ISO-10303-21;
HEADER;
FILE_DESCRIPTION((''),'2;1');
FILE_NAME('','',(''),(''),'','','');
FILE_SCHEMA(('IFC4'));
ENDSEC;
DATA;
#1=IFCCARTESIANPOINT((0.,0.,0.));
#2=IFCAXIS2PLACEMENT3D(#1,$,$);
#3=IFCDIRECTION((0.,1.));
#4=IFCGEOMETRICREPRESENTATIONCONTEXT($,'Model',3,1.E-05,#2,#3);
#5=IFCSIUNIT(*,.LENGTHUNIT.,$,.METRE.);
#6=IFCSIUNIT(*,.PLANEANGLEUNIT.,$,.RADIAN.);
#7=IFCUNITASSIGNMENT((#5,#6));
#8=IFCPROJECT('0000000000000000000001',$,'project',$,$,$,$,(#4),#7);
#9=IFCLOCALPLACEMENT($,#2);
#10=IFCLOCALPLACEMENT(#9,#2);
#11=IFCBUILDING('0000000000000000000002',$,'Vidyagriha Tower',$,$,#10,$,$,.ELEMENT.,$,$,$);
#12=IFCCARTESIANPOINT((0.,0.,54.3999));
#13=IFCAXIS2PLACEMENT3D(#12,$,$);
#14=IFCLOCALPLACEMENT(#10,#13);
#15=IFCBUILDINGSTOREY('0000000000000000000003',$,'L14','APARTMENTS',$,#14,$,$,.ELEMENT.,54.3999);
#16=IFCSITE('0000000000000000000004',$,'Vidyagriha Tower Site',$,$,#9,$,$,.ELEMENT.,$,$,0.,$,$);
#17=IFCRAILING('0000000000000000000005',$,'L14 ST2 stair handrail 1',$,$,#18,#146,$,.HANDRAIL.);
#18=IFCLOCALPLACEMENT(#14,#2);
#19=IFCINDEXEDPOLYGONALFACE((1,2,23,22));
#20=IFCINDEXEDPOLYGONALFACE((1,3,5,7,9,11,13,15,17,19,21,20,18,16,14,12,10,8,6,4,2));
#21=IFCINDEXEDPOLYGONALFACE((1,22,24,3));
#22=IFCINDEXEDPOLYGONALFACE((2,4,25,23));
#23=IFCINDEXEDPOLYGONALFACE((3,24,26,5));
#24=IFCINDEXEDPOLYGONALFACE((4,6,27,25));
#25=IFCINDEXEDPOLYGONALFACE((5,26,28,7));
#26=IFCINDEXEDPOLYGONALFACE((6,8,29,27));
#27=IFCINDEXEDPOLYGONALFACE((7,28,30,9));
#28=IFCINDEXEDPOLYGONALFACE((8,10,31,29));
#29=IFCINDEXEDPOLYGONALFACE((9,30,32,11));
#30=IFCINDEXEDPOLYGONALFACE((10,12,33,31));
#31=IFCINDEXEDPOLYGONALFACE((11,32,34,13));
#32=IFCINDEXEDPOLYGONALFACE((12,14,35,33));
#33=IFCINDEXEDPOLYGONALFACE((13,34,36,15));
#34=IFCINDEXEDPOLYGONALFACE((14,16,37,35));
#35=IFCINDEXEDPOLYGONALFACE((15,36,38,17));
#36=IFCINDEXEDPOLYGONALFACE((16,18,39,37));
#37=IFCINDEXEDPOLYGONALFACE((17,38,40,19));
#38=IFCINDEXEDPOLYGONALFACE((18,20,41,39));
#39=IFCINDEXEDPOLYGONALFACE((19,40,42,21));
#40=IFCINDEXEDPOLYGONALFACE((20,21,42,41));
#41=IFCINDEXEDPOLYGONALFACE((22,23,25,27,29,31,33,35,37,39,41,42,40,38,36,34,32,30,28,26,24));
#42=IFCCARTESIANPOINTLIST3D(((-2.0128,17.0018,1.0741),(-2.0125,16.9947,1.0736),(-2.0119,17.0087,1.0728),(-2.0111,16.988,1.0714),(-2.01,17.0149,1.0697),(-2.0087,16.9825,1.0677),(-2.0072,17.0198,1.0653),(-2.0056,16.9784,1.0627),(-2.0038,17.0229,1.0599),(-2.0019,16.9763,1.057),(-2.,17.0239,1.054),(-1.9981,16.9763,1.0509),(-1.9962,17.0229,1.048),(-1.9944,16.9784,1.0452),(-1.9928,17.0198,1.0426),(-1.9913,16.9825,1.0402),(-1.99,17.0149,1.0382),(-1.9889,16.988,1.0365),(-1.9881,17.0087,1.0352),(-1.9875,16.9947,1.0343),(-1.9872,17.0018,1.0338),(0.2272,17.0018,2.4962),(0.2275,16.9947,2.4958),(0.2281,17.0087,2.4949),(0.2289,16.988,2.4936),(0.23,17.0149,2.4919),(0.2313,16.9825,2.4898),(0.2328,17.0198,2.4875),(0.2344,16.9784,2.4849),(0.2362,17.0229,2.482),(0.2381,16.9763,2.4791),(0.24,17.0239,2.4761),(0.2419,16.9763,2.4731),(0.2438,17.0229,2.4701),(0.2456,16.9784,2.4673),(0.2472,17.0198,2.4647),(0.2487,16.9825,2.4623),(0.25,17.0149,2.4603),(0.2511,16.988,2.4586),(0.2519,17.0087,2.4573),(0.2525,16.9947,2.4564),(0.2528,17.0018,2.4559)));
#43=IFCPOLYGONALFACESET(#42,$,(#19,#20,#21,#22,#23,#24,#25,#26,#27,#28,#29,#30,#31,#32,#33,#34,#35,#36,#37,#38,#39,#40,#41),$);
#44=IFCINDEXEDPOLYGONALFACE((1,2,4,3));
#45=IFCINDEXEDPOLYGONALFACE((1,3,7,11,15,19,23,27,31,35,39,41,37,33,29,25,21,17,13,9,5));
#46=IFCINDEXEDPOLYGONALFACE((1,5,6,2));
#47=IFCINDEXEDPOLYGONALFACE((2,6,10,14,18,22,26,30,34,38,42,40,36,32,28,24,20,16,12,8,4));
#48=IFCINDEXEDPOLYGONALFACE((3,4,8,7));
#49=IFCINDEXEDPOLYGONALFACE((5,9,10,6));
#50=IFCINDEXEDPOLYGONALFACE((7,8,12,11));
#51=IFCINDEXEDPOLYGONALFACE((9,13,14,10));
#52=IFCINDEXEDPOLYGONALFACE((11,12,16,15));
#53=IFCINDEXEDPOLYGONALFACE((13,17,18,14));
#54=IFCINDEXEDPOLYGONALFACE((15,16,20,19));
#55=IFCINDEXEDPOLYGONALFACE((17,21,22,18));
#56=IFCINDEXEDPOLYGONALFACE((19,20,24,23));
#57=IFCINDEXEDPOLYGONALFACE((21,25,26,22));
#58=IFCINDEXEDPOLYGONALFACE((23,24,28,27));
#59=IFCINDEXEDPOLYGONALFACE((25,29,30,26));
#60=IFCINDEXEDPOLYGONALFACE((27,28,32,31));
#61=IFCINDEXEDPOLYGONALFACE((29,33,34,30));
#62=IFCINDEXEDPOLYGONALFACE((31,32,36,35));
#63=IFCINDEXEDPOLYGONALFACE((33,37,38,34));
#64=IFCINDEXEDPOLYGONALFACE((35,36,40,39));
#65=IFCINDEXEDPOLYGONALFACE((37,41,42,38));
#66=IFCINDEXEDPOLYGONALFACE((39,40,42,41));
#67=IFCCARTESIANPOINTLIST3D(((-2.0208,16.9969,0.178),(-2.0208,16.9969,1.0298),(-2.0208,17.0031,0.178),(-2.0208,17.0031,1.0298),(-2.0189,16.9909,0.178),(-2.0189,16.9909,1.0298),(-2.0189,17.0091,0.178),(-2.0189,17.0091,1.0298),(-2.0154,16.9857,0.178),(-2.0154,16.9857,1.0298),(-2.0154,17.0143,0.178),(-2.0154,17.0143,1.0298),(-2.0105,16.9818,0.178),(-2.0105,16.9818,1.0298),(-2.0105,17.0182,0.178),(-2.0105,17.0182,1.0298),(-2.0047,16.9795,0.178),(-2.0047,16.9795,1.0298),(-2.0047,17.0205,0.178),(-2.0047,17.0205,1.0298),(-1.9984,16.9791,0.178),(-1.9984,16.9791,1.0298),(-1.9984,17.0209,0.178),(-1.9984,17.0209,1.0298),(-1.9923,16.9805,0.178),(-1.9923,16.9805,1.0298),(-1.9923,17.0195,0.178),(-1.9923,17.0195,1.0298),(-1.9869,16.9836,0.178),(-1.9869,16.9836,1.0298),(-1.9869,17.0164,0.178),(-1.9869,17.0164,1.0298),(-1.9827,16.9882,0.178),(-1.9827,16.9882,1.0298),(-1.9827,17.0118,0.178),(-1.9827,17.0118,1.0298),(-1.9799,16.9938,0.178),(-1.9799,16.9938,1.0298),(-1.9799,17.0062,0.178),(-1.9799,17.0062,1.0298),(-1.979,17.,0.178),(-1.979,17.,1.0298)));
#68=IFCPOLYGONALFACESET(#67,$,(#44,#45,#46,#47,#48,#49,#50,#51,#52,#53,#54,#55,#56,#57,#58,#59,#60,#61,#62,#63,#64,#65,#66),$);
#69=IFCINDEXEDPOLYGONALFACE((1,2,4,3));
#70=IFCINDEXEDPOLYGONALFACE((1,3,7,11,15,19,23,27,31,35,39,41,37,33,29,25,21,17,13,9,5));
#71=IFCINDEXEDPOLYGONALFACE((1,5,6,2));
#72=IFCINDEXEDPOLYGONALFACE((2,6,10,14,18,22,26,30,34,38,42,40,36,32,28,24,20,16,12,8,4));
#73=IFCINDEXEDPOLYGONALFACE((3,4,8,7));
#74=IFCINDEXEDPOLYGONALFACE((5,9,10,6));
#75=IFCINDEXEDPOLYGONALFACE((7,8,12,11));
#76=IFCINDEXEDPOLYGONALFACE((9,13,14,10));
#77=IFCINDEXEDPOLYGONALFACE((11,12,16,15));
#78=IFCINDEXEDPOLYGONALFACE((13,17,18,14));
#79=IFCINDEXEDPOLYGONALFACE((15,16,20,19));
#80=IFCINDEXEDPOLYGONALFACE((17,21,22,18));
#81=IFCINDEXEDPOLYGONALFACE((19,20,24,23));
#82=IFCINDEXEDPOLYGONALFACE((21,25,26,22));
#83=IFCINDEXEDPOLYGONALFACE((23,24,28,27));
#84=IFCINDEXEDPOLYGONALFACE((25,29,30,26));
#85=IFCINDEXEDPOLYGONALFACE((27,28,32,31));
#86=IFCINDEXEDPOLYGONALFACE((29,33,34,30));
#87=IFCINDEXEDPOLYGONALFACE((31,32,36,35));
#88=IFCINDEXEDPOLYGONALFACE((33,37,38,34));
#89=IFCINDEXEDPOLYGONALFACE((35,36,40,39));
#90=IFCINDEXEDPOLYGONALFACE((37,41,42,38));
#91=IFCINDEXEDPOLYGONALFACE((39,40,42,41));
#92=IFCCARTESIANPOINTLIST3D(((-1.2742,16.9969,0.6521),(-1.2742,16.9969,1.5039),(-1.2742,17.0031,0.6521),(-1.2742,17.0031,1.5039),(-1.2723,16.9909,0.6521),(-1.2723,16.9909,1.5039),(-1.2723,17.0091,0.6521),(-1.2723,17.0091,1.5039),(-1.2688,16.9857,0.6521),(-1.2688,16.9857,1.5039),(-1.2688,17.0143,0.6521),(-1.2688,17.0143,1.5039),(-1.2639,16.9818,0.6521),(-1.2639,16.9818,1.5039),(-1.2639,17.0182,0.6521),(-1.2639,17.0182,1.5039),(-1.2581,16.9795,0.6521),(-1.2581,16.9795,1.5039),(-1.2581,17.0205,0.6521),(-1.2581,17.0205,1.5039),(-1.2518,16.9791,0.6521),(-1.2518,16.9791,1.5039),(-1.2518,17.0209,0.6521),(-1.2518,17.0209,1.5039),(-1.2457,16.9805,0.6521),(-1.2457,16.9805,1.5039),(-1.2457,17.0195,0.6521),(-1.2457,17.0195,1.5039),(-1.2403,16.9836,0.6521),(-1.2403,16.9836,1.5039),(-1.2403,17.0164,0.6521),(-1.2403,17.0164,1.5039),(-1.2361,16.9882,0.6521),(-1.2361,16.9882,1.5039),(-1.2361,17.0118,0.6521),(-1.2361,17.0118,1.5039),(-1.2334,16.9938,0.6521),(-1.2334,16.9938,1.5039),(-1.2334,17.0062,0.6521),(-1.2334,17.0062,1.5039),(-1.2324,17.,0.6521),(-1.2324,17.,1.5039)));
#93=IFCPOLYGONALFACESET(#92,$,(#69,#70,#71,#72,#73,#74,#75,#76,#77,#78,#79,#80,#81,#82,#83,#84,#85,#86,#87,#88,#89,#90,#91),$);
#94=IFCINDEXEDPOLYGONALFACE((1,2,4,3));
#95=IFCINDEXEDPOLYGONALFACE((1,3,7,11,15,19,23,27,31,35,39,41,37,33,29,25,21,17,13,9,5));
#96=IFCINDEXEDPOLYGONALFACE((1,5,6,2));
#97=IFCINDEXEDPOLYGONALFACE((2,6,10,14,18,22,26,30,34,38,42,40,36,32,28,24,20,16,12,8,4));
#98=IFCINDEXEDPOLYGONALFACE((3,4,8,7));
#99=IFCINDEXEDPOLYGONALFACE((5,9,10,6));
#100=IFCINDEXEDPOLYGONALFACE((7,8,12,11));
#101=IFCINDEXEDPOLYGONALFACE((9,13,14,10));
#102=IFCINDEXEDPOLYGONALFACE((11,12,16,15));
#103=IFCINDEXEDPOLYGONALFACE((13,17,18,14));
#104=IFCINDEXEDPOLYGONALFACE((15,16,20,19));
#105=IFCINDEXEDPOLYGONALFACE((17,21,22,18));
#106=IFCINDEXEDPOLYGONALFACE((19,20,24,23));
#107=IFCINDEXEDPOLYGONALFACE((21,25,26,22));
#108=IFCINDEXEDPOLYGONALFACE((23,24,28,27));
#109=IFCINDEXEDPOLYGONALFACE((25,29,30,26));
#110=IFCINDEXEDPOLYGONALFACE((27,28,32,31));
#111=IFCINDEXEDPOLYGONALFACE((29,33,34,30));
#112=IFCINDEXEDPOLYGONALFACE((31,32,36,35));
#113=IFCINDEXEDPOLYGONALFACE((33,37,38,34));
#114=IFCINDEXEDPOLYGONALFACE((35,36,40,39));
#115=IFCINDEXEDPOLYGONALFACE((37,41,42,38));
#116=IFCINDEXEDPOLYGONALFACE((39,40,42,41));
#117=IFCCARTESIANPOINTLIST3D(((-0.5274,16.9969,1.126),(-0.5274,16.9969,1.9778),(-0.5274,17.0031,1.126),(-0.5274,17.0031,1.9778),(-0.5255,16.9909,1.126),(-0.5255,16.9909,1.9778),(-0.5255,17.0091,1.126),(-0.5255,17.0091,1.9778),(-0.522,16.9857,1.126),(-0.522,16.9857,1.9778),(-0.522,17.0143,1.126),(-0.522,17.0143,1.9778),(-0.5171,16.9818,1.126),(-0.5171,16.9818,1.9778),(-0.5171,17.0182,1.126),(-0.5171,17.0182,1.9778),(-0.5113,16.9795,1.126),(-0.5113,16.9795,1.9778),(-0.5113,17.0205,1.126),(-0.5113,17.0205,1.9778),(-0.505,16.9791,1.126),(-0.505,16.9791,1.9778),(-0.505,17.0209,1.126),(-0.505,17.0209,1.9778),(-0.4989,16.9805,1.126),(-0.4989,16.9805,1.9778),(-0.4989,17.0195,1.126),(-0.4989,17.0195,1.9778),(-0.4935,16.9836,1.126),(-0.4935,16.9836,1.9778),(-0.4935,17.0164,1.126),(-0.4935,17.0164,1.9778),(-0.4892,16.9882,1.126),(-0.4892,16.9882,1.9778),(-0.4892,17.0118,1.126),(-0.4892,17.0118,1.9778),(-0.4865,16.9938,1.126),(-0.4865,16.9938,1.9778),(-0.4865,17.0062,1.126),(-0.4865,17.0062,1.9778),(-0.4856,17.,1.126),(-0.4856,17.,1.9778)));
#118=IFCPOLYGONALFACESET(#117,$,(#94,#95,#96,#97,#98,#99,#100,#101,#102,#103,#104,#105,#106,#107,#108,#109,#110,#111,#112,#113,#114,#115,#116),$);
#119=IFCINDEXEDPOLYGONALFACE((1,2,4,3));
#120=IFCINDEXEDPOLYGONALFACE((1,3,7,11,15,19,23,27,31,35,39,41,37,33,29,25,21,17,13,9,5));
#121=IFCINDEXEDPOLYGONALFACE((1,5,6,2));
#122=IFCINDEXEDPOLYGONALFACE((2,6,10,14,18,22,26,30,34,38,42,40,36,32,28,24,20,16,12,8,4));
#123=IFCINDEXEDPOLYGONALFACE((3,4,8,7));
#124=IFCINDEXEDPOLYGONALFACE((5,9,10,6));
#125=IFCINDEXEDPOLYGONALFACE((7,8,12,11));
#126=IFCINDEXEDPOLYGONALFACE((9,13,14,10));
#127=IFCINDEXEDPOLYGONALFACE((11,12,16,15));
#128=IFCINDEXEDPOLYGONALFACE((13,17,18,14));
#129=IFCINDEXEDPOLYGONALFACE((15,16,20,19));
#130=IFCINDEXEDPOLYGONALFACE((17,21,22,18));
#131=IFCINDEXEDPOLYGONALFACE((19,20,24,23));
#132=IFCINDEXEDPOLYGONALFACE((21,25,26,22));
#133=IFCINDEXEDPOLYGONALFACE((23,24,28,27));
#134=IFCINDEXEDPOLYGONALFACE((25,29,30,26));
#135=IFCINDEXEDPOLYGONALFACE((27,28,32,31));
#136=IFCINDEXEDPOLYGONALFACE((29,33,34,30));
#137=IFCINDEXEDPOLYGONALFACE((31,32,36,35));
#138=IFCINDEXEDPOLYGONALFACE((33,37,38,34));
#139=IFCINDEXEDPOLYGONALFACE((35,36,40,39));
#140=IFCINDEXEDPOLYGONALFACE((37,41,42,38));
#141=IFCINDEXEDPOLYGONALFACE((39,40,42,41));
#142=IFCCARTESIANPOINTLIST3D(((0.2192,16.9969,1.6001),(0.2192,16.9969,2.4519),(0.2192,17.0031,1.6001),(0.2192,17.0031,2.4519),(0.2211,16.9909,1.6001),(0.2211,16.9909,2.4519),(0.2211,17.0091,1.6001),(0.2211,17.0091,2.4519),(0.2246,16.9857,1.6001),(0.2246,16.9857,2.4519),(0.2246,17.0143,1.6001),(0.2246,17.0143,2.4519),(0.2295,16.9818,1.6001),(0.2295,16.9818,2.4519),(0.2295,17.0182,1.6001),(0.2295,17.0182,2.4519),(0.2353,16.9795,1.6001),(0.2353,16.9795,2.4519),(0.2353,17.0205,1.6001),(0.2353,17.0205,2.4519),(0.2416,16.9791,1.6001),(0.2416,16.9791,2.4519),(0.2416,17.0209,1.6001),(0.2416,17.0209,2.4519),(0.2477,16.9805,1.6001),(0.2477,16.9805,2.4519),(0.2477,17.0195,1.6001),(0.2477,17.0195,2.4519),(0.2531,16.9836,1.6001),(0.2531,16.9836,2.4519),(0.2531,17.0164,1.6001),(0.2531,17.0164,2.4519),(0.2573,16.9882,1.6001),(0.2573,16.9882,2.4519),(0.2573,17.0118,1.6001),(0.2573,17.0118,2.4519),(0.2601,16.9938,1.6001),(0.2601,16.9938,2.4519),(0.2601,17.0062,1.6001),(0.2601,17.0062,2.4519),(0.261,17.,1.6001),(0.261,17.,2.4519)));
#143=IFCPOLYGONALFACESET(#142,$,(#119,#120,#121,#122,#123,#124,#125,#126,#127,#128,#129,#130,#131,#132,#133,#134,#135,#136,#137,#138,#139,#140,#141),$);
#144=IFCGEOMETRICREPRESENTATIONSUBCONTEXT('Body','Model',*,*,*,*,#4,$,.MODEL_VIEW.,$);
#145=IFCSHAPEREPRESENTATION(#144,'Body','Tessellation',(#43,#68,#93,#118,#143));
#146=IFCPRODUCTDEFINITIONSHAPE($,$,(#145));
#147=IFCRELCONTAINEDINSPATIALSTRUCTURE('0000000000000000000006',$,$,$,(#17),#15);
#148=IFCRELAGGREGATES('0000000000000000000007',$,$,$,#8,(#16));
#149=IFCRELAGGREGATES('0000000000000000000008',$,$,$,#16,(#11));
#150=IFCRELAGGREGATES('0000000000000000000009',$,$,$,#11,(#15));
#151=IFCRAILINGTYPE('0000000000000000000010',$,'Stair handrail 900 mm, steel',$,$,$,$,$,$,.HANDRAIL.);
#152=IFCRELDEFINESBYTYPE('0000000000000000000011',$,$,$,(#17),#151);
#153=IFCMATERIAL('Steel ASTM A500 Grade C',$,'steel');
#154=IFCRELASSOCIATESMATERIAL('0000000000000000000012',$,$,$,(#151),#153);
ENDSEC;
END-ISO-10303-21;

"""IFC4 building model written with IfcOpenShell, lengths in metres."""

from ifc_helpers import new_model, si_unit, direction, frame, origin, origin_2d, place, context, subcontext, project, spatial, circle, extrude, material, type_object, element, save


model = new_model("IFC4")

# Units and contexts
model_context = context("Model", 3, precision=1e-05, world=origin(), true_north=direction((0.0, 1.0)))
body_context = subcontext(model_context, "Body", "Model", "MODEL_VIEW")
ifc_project = project(units=[si_unit("LENGTHUNIT", "METRE"), si_unit("PLANEANGLEUNIT", "RADIAN")], contexts=[model_context])

# Site, building, storey
site_placement = place(None, origin())
site = spatial("IfcSite", under=ifc_project, at=site_placement, Name="Vidyagriha Tower Site", CompositionType="ELEMENT", RefElevation=0.0)
building_placement = place(site_placement, origin())
building = spatial("IfcBuilding", under=site, at=building_placement, Name="Vidyagriha Tower", CompositionType="ELEMENT")
storey_placement = place(building_placement, frame((0.0, 0.0, 54.3999)))
storey = spatial("IfcBuildingStorey", under=building, at=storey_placement, Name="L14", Description="APARTMENTS", CompositionType="ELEMENT", Elevation=54.3999)

# Railing
ifc_material_1 = material(Name="Steel ASTM A500 Grade C", Category="steel")
railing_type_1 = type_object("IfcRailingType", Name="Stair handrail 900 mm, steel", PredefinedType="HANDRAIL", material=ifc_material_1)
railing_1_placement = place(storey_placement, frame((-2.0, 17.0, 0.178)))
element("IfcRailing", 1, at=railing_1_placement, inside=storey, type_object=railing_type_1, Name="L14 ST2 stair handrail 1", PredefinedType="HANDRAIL", context=body_context, shape_type="SweptSolid", body=[
    extrude(circle(Radius=0.0239, at=origin_2d()), frame((0.0, 0.0, 0.876), z_axis=(0.844229, 0.0, 0.535982), x_axis=(0.0, 1.0, 0.0)), (0.0, 0.0, 1.0), 2.6533),
    extrude(circle(Radius=0.021, at=origin_2d()), origin(), (0.0, 0.0, 1.0), 0.8518),
    extrude(circle(Radius=0.021, at=origin_2d()), frame((0.7466, 0.0, 0.4741)), (0.0, 0.0, 1.0), 0.8518),
    extrude(circle(Radius=0.021, at=origin_2d()), frame((1.4934, 0.0, 0.948)), (0.0, 0.0, 1.0), 0.8518),
    extrude(circle(Radius=0.021, at=origin_2d()), frame((2.24, 0.0, 1.4221)), (0.0, 0.0, 1.0), 0.8518),
])

save(model, "model.ifc")
